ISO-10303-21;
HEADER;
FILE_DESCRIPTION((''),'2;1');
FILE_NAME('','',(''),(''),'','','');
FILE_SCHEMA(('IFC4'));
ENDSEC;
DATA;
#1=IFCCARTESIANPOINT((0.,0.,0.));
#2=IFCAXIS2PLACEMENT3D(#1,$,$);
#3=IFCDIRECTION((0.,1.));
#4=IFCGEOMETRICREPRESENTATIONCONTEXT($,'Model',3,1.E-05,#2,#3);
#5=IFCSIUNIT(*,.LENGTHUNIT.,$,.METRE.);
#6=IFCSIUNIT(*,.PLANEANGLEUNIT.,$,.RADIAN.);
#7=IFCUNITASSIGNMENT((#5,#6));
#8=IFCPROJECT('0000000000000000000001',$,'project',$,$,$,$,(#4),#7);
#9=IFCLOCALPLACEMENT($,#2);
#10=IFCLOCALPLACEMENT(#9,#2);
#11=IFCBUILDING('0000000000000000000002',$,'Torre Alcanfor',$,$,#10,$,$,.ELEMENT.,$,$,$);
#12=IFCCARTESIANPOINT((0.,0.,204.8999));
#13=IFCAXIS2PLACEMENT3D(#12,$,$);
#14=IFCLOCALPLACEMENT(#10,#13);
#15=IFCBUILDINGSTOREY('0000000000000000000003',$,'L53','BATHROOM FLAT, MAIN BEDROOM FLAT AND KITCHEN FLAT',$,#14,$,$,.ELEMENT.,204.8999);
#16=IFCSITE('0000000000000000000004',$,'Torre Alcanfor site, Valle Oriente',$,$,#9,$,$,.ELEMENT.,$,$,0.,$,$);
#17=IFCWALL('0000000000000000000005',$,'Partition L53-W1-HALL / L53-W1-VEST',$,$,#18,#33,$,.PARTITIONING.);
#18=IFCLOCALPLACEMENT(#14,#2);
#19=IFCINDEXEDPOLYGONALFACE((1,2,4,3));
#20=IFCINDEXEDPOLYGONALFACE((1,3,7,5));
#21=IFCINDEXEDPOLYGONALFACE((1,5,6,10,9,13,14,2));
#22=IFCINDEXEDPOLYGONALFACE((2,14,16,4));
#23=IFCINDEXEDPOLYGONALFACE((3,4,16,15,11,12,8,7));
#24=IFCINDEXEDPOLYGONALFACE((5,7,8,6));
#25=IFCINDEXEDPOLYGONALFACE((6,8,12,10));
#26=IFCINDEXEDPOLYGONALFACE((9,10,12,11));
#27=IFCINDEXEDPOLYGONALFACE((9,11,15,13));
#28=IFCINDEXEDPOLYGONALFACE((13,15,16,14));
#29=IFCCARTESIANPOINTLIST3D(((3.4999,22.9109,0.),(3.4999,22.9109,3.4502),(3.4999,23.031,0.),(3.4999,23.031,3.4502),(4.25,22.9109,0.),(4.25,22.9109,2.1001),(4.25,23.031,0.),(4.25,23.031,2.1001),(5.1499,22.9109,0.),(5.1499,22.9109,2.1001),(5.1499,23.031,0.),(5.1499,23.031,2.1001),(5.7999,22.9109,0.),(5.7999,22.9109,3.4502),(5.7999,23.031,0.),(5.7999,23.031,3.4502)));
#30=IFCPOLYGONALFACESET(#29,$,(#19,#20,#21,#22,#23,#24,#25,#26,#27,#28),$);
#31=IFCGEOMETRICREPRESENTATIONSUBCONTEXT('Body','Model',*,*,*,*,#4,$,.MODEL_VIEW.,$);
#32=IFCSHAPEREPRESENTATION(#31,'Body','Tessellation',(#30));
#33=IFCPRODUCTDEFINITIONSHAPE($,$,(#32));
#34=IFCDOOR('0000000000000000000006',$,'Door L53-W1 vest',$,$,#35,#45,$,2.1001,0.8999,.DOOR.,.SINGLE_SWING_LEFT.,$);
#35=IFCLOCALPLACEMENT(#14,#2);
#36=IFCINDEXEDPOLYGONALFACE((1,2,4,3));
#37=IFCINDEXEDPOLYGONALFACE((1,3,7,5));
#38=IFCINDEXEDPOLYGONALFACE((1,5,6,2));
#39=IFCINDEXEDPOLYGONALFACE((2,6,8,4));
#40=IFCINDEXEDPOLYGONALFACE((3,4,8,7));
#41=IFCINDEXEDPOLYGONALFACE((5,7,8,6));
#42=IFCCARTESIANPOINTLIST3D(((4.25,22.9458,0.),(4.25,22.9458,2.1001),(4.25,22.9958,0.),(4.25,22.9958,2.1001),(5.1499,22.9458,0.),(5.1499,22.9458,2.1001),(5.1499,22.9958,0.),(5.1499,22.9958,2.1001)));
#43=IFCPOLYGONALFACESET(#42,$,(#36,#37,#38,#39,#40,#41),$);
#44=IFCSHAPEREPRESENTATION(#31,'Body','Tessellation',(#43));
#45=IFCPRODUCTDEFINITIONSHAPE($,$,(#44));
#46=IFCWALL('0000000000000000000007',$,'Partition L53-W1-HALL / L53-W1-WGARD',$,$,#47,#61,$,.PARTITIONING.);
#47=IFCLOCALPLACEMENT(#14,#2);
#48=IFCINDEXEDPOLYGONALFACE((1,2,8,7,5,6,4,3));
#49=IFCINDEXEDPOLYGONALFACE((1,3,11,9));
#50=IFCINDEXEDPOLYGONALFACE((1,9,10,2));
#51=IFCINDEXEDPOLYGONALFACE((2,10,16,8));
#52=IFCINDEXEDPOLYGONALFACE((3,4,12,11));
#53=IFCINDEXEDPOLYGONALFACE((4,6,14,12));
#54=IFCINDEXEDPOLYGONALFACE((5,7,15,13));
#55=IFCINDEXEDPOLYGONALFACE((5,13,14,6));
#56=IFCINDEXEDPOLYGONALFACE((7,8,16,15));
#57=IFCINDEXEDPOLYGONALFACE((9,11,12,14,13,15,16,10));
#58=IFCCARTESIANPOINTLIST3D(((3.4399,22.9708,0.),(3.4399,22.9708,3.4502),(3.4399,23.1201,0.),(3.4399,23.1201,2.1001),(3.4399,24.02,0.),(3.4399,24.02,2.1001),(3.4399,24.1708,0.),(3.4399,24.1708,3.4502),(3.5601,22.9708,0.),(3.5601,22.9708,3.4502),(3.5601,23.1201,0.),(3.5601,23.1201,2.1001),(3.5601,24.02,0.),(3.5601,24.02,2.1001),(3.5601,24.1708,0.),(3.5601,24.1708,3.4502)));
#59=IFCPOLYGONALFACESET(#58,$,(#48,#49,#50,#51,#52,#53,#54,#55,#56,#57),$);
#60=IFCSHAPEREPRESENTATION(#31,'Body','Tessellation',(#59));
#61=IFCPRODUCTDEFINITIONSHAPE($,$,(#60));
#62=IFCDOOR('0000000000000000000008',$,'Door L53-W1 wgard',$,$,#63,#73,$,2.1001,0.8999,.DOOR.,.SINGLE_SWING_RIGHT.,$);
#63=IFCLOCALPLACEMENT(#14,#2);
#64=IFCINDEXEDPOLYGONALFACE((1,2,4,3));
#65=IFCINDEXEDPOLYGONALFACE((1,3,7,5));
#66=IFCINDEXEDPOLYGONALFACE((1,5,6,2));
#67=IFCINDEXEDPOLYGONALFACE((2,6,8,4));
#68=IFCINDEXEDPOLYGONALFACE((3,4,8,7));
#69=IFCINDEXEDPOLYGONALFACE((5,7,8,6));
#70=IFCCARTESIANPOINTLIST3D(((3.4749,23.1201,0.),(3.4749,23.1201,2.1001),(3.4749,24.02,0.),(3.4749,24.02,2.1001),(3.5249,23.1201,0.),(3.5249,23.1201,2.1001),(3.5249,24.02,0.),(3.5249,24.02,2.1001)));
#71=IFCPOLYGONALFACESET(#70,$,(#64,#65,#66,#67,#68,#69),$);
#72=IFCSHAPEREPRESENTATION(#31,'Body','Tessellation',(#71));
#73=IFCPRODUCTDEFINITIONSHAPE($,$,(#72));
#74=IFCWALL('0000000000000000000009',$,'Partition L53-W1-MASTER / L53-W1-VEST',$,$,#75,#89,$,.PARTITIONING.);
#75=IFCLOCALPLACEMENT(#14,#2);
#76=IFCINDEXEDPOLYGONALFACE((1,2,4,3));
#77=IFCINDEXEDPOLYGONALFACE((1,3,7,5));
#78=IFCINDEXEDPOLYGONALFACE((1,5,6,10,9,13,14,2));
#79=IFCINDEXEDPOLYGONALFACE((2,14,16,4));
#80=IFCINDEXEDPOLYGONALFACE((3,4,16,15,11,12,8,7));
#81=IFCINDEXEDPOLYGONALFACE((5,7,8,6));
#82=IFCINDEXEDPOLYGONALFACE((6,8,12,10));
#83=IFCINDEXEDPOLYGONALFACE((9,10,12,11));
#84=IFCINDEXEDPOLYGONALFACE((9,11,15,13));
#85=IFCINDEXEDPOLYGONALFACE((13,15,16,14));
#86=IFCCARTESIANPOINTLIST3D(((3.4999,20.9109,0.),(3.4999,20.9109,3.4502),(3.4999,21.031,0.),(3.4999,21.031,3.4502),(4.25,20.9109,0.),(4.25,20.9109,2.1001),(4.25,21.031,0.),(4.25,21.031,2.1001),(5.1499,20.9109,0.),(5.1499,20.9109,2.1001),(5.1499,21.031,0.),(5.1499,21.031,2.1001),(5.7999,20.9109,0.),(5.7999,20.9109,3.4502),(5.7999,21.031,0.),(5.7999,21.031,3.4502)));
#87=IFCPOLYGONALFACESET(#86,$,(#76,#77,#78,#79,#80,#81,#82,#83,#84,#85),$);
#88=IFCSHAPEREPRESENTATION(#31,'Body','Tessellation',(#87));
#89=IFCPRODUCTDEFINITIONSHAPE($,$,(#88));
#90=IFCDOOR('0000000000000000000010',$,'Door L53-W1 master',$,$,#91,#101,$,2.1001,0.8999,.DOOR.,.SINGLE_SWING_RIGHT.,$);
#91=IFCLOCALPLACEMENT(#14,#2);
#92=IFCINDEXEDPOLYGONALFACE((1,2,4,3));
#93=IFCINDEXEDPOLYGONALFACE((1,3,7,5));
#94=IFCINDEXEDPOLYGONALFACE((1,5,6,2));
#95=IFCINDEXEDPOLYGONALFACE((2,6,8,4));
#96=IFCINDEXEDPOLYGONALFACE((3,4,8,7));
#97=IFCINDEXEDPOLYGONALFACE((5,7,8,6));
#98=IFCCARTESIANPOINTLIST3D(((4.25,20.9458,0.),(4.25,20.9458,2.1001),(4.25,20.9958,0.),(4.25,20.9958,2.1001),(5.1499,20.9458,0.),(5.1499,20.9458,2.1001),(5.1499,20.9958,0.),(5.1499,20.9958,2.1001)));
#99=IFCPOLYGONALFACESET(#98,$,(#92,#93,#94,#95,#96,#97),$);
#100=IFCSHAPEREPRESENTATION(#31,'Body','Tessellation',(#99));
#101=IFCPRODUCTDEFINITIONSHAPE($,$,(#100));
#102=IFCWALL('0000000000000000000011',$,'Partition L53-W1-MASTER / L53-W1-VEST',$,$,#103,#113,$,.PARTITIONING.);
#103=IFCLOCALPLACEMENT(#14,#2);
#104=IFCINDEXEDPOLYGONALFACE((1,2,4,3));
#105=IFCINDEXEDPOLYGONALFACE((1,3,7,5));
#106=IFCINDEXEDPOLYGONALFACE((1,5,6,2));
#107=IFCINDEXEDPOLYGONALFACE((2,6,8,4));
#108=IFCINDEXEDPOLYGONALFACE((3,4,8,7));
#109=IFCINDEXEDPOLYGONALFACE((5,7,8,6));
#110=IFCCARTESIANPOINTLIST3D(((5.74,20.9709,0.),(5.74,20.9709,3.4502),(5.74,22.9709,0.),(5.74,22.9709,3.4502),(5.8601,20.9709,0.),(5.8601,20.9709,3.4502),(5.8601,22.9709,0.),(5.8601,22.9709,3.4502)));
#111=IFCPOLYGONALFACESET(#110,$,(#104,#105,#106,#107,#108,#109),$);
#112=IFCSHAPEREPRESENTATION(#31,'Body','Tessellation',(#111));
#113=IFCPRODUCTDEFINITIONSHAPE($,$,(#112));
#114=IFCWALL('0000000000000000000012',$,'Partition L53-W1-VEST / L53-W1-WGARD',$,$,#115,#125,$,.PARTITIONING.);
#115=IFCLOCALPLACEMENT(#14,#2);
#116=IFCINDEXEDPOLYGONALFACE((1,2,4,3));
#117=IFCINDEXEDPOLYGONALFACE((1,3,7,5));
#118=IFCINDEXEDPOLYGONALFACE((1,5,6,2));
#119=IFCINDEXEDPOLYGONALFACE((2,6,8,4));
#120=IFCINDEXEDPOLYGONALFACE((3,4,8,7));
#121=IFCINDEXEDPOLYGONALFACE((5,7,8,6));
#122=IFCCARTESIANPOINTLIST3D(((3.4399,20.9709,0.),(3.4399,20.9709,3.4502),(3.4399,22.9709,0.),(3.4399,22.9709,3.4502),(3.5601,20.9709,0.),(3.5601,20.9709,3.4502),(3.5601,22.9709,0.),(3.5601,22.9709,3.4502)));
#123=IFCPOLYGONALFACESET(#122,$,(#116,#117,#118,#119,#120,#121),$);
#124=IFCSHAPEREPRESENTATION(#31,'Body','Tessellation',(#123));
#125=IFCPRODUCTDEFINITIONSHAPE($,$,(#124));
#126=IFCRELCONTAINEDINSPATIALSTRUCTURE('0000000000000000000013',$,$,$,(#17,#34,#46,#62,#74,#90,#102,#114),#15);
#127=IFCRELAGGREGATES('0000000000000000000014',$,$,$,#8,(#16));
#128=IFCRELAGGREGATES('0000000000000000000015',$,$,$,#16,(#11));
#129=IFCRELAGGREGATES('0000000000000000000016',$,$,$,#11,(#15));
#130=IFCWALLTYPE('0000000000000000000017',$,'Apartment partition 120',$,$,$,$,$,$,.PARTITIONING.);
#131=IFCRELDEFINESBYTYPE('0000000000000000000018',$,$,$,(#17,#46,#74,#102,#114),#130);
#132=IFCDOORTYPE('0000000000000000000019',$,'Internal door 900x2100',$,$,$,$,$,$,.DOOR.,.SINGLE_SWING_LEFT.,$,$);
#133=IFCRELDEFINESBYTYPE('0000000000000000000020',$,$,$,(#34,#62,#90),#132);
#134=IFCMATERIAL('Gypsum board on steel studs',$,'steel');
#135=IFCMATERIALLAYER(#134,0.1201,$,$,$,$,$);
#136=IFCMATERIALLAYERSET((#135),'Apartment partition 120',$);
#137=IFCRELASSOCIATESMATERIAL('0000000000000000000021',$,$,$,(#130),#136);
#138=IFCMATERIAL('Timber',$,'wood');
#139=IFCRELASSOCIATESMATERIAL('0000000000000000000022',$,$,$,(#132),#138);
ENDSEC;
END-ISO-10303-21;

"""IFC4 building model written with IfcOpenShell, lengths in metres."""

from ifc_helpers import new_model, si_unit, direction, frame, frame_2d, origin, place, context, subcontext, project, spatial, rectangle, extrude, material, layer, layer_set, type_object, element, fill, save


model = new_model("IFC4")

# Units and contexts
model_context = context("Model", 3, precision=1e-05, world=origin(), true_north=direction((0.0, 1.0)))
body_context = subcontext(model_context, "Body", "Model", "MODEL_VIEW")
ifc_project = project(units=[si_unit("LENGTHUNIT", "METRE"), si_unit("PLANEANGLEUNIT", "RADIAN")], contexts=[model_context])

# Site, building, storey
site_placement = place(None, origin())
site = spatial("IfcSite", under=ifc_project, at=site_placement, Name="Torre Alcanfor site, Valle Oriente", CompositionType="ELEMENT", RefElevation=0.0)
building_placement = place(site_placement, origin())
building = spatial("IfcBuilding", under=site, at=building_placement, Name="Torre Alcanfor", CompositionType="ELEMENT")
storey_placement = place(building_placement, frame((0.0, 0.0, 204.8999)))
storey = spatial("IfcBuildingStorey", under=building, at=storey_placement, Name="L53", Description="BATHROOM FLAT, MAIN BEDROOM FLAT AND KITCHEN FLAT", CompositionType="ELEMENT", Elevation=204.8999)

# Shared definitions
ifc_material_1 = material(Name="Gypsum board on steel studs", Category="steel")
ifc_layer_1 = layer(ifc_material_1, 0.1201)
ifc_layer_set_1 = layer_set([ifc_layer_1], Name="Apartment partition 120")
wall_type_1 = type_object("IfcWallType", Name="Apartment partition 120", PredefinedType="PARTITIONING", material=ifc_layer_set_1)

# Shared definitions
ifc_material_2 = material(Name="Timber", Category="wood")
door_type = type_object("IfcDoorType", Name="Internal door 900x2100", OperationType="SINGLE_SWING_LEFT", PredefinedType="DOOR", material=ifc_material_2)

# Walls, openings, doors
wall_1_placement = place(storey_placement, frame((3.5, 22.9709, 0.0), z_axis=(0.0, 0.0, 1.0), x_axis=(1.0, 0.0, 0.0)))
wall_1 = element("IfcWall", 1, at=wall_1_placement, inside=storey, type_object=wall_type_1, Name="Partition L53-W1-HALL / L53-W1-VEST", PredefinedType="PARTITIONING", context=body_context, shape_type="SweptSolid", body=[
    extrude(rectangle(XDim=2.3, YDim=0.1201, at=frame_2d((1.1499, 0.0))), origin(), (0.0, 0.0, 1.0), 3.4502),
])
opening_1_placement = place(wall_1_placement, frame((0.75, 0.0, 0.0)))
opening_1 = element("IfcOpeningElement", 2, at=opening_1_placement, cuts=wall_1, PredefinedType="OPENING", context=body_context, shape_type="SweptSolid", body=[
    extrude(rectangle(XDim=0.8999, YDim=2.1001, at=frame_2d((0.45, 1.05))), frame((0.0, 0.0701, 0.0), z_axis=(0.0, -1.0, 0.0), x_axis=(1.0, 0.0, 0.0)), (0.0, 0.0, 1.0), 0.1401),
])
door_1_placement = place(opening_1_placement, frame((0.8999, 0.0, 0.0), z_axis=(0.0, 0.0, 1.0), x_axis=(-1.0, 0.0, 0.0)))
door_1 = element("IfcDoor", 3, at=door_1_placement, inside=storey, type_object=door_type, Name="Door L53-W1 vest", OperationType="SINGLE_SWING_LEFT", OverallHeight=2.1001, OverallWidth=0.8999, PredefinedType="DOOR", context=body_context, shape_type="SweptSolid", body=[
    extrude(rectangle(XDim=0.8999, YDim=2.1001, at=frame_2d((0.45, 1.05))), frame((0.0, 0.0251, 0.0), z_axis=(0.0, -1.0, 0.0), x_axis=(1.0, 0.0, 0.0)), (0.0, 0.0, 1.0), 0.05),
])
fill(opening_1, door_1)
wall_2_placement = place(storey_placement, frame((3.5, 24.1709, 0.0), z_axis=(0.0, 0.0, 1.0), x_axis=(0.0, -1.0, 0.0)))
wall_2 = element("IfcWall", 4, at=wall_2_placement, inside=storey, type_object=wall_type_1, Name="Partition L53-W1-HALL / L53-W1-WGARD", PredefinedType="PARTITIONING", context=body_context, shape_type="SweptSolid", body=[
    extrude(rectangle(XDim=1.2, YDim=0.1201, at=frame_2d((0.6001, 0.0))), origin(), (0.0, 0.0, 1.0), 3.4502),
])
opening_2_placement = place(wall_2_placement, frame((0.1509, 0.0, 0.0)))
opening_2 = element("IfcOpeningElement", 5, at=opening_2_placement, cuts=wall_2, PredefinedType="OPENING", context=body_context, shape_type="SweptSolid", body=[
    extrude(rectangle(XDim=0.8999, YDim=2.1001, at=frame_2d((0.45, 1.05))), frame((0.0, 0.0701, 0.0), z_axis=(0.0, -1.0, 0.0), x_axis=(1.0, 0.0, 0.0)), (0.0, 0.0, 1.0), 0.1401),
])
door_2_placement = place(opening_2_placement, frame((0.8999, 0.0, 0.0), z_axis=(0.0, 0.0, 1.0), x_axis=(-1.0, 0.0, 0.0)))
door_2 = element("IfcDoor", 6, at=door_2_placement, inside=storey, type_object=door_type, Name="Door L53-W1 wgard", OperationType="SINGLE_SWING_RIGHT", OverallHeight=2.1001, OverallWidth=0.8999, PredefinedType="DOOR", context=body_context, shape_type="SweptSolid", body=[
    extrude(rectangle(XDim=0.8999, YDim=2.1001, at=frame_2d((0.45, 1.05))), frame((0.0, 0.0251, 0.0), z_axis=(0.0, -1.0, 0.0), x_axis=(1.0, 0.0, 0.0)), (0.0, 0.0, 1.0), 0.05),
])
fill(opening_2, door_2)
wall_3_placement = place(storey_placement, frame((3.5, 20.9709, 0.0), z_axis=(0.0, 0.0, 1.0), x_axis=(1.0, 0.0, 0.0)))
wall_3 = element("IfcWall", 7, at=wall_3_placement, inside=storey, type_object=wall_type_1, Name="Partition L53-W1-MASTER / L53-W1-VEST", PredefinedType="PARTITIONING", context=body_context, shape_type="SweptSolid", body=[
    extrude(rectangle(XDim=2.3, YDim=0.1201, at=frame_2d((1.1499, 0.0))), origin(), (0.0, 0.0, 1.0), 3.4502),
])
opening_3_placement = place(wall_3_placement, frame((0.75, 0.0, 0.0)))
opening_3 = element("IfcOpeningElement", 8, at=opening_3_placement, cuts=wall_3, PredefinedType="OPENING", context=body_context, shape_type="SweptSolid", body=[
    extrude(rectangle(XDim=0.8999, YDim=2.1001, at=frame_2d((0.45, 1.05))), frame((0.0, 0.0701, 0.0), z_axis=(0.0, -1.0, 0.0), x_axis=(1.0, 0.0, 0.0)), (0.0, 0.0, 1.0), 0.1401),
])
door_3_placement = place(opening_3_placement, origin())
door_3 = element("IfcDoor", 9, at=door_3_placement, inside=storey, type_object=door_type, Name="Door L53-W1 master", OperationType="SINGLE_SWING_RIGHT", OverallHeight=2.1001, OverallWidth=0.8999, PredefinedType="DOOR", context=body_context, shape_type="SweptSolid", body=[
    extrude(rectangle(XDim=0.8999, YDim=2.1001, at=frame_2d((0.45, 1.05))), frame((0.0, 0.0249, 0.0), z_axis=(0.0, -1.0, 0.0), x_axis=(1.0, 0.0, 0.0)), (0.0, 0.0, 1.0), 0.05),
])
fill(opening_3, door_3)

# Walls
for number, where, z_axis, x_axis, name in (
    (10, (5.8, 20.9709, 0.0), (0.0, 0.0, 1.0), (0.0, 1.0, 0.0), "Partition L53-W1-MASTER / L53-W1-VEST"),
    (11, (3.5, 22.9709, 0.0), (0.0, 0.0, 1.0), (0.0, -1.0, 0.0), "Partition L53-W1-VEST / L53-W1-WGARD"),
):
    element("IfcWall", number, at=place(storey_placement, frame(where, z_axis=z_axis, x_axis=x_axis)), inside=storey, type_object=wall_type_1, Name=name, PredefinedType="PARTITIONING", context=body_context, shape_type="SweptSolid", body=[
        extrude(rectangle(XDim=2.0, YDim=0.1201, at=frame_2d((1.0, 0.0))), origin(), (0.0, 0.0, 1.0), 3.4502),
    ])

save(model, "model.ifc")
